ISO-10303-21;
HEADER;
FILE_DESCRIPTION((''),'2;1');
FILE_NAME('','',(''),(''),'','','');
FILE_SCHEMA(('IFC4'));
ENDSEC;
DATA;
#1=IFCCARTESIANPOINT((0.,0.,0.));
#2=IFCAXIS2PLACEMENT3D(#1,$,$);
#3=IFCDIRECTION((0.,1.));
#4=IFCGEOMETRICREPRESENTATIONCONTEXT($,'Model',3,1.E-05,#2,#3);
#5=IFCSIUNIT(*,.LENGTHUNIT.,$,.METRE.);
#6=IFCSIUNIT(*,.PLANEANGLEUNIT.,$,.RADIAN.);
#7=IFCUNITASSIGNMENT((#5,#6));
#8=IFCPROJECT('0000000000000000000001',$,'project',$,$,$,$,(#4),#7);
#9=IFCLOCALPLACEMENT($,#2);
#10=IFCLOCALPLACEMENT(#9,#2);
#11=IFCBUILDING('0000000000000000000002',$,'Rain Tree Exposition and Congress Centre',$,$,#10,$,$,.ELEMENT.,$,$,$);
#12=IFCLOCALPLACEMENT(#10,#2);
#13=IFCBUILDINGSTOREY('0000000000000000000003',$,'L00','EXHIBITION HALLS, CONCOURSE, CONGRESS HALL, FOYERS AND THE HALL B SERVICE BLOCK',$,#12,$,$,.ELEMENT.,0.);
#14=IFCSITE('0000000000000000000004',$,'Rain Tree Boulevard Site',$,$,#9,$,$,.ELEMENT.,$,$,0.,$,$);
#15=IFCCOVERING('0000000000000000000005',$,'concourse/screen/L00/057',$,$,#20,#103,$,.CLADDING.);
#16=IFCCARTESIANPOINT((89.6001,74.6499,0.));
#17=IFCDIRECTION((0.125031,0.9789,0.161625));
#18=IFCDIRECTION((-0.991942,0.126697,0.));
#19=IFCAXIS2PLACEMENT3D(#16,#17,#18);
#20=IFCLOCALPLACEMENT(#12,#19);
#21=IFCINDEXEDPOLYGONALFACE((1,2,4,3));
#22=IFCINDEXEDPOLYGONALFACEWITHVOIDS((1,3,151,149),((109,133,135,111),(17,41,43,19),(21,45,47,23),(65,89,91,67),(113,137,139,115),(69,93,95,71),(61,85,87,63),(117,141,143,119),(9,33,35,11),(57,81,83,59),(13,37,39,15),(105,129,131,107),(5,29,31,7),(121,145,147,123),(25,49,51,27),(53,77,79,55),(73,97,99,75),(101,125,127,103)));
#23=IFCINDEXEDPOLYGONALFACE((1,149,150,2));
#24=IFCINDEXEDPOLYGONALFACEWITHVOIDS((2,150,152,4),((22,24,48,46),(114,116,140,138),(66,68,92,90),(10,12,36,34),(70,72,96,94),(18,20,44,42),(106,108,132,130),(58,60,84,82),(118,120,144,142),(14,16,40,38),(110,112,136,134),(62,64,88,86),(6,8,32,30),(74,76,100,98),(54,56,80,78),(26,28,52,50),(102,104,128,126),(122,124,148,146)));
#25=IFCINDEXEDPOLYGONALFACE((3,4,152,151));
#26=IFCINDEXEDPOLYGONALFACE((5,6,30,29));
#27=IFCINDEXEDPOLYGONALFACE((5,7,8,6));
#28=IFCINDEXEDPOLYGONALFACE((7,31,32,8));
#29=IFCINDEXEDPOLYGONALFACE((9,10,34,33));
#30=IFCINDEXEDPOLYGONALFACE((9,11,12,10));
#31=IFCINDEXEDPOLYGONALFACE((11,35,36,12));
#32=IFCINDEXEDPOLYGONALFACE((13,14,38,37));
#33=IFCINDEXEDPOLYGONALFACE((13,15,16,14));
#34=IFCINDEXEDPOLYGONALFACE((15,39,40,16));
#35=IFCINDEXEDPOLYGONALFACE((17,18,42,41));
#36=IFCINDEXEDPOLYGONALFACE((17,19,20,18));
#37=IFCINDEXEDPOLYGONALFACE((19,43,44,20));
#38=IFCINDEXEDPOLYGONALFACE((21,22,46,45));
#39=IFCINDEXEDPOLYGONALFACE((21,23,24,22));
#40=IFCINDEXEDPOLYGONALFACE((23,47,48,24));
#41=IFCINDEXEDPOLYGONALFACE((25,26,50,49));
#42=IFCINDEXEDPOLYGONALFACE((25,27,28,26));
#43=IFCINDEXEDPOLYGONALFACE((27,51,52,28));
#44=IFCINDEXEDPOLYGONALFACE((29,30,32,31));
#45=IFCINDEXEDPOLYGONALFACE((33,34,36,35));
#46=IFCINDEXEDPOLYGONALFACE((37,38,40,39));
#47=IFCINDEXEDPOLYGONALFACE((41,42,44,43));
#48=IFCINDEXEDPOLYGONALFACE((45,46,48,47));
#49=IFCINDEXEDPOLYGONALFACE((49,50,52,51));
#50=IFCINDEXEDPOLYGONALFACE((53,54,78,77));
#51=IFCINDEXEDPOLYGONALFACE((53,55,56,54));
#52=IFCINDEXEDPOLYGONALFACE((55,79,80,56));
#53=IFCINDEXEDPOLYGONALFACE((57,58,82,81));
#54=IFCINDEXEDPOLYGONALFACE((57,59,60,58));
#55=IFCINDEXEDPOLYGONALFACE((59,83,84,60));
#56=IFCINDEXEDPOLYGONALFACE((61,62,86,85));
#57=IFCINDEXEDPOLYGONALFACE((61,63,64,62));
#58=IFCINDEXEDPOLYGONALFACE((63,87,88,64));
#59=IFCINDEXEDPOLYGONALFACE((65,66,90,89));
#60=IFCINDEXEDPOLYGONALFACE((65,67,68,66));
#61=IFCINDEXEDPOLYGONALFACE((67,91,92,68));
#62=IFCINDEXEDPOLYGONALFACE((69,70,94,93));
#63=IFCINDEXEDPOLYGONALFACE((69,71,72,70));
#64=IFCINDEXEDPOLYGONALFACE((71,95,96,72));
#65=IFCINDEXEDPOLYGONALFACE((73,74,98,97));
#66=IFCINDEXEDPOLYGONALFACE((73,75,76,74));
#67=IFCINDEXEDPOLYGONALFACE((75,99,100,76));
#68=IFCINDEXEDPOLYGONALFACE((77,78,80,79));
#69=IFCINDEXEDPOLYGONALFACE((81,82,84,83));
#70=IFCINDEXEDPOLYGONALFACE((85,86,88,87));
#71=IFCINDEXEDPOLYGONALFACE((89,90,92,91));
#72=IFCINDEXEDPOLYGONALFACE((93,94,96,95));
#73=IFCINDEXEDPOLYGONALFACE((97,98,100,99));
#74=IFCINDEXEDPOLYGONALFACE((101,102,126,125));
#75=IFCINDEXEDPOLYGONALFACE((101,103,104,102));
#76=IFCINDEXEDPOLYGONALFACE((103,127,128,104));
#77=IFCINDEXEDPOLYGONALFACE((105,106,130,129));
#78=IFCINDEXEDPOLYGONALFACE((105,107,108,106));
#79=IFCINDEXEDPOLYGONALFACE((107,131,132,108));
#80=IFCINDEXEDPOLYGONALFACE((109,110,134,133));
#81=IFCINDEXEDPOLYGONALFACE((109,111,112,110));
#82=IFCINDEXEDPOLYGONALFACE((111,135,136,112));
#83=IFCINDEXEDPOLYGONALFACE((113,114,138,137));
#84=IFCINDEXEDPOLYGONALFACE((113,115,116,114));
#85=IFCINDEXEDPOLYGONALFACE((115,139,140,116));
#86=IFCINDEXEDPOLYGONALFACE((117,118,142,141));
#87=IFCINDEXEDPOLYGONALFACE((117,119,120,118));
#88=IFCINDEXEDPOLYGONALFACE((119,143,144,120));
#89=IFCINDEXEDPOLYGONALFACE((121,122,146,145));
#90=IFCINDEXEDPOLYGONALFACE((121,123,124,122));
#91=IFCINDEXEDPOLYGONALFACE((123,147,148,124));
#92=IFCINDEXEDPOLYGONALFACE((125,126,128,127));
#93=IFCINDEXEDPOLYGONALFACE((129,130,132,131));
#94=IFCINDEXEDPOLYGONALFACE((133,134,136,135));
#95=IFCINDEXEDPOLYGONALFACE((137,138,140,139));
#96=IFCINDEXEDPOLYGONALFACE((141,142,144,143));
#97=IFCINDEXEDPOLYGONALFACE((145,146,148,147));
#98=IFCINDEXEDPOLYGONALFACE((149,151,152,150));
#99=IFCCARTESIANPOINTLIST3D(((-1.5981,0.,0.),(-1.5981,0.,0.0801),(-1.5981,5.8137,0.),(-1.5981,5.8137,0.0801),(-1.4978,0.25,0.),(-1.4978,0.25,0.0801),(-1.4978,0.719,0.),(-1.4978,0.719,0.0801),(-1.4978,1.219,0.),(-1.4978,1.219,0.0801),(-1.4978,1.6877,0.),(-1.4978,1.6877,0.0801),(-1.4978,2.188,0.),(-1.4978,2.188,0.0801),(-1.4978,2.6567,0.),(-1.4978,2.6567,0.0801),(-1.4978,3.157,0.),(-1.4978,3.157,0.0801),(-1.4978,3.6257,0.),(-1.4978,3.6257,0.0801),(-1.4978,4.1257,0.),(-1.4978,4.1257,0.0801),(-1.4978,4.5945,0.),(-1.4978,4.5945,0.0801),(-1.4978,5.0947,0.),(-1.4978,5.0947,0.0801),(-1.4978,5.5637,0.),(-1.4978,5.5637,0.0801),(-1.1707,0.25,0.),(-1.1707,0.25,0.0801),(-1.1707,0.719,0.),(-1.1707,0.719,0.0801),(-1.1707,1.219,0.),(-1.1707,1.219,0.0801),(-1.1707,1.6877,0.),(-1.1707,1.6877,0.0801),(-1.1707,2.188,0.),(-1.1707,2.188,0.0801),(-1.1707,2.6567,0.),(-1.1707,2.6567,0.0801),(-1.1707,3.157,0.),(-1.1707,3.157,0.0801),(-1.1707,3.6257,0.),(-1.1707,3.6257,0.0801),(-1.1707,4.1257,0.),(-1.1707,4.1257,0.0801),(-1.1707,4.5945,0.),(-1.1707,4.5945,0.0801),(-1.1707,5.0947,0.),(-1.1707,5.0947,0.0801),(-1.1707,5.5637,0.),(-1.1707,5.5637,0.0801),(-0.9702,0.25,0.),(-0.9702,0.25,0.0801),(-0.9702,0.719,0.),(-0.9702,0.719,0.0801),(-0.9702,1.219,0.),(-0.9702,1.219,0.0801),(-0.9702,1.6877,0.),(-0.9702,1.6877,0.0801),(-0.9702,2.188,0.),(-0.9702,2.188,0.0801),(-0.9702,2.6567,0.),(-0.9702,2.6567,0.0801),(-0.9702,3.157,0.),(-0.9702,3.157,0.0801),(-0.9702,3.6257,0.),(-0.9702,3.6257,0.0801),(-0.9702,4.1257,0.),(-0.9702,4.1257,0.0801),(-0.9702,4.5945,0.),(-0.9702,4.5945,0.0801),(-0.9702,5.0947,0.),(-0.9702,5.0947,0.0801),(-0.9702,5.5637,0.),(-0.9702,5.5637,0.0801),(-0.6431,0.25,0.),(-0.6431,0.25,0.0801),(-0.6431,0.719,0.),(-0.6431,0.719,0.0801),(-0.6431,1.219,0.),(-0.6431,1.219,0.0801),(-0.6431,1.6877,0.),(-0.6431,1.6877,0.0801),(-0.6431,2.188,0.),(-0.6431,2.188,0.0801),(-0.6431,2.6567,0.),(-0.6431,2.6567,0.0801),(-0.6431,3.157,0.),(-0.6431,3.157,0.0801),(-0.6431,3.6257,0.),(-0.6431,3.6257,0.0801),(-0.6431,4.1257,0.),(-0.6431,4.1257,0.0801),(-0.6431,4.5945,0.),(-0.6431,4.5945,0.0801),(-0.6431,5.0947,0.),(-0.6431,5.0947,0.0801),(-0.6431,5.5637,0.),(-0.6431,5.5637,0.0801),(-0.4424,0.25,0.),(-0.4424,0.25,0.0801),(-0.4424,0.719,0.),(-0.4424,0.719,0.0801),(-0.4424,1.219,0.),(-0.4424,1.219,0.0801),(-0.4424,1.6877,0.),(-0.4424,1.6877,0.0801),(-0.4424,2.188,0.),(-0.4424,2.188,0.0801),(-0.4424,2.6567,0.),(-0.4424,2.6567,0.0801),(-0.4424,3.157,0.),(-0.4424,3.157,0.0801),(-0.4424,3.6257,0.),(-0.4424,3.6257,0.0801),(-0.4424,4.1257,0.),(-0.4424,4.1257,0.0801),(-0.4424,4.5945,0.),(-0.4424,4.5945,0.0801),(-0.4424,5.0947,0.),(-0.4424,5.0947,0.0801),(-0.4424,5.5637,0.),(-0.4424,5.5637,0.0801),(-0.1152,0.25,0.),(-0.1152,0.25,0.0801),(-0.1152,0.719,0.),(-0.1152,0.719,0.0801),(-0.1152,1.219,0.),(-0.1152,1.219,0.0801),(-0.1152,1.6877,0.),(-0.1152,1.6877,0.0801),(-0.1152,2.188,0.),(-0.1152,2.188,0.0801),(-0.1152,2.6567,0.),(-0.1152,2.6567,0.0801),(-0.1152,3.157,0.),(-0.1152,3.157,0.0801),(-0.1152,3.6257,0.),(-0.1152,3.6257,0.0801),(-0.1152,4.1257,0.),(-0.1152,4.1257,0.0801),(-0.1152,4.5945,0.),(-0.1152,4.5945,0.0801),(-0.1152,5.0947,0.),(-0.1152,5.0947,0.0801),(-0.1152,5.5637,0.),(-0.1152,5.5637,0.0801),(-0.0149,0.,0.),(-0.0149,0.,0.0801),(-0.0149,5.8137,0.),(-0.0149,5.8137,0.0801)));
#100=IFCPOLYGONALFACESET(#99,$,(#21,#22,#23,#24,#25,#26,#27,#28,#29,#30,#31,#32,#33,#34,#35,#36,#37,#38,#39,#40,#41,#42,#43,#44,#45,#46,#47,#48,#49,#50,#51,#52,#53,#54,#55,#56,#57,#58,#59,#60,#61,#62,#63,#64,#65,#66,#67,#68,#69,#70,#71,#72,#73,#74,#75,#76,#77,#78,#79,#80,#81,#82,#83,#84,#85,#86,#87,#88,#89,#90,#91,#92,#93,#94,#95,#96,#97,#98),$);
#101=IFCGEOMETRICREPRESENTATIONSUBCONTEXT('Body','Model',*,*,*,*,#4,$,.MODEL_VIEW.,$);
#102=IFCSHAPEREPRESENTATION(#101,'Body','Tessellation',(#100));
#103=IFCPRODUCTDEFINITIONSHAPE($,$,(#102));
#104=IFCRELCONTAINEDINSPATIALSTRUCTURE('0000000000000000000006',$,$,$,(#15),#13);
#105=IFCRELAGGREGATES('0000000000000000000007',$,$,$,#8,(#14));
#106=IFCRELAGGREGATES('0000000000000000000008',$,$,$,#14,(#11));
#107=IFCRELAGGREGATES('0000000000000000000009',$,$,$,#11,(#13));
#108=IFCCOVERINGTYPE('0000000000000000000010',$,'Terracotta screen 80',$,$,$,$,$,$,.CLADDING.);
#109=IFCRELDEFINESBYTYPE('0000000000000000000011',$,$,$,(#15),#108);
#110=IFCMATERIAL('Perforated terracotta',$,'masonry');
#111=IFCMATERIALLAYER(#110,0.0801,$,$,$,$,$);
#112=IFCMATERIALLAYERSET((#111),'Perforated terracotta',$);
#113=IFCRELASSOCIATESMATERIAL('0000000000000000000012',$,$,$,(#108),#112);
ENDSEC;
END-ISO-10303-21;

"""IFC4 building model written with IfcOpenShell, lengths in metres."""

from ifc_helpers import new_model, si_unit, direction, frame, origin, place, context, subcontext, project, spatial, polyline, outline, extrude, material, layer, layer_set, type_object, element, save


model = new_model("IFC4")

# Units and contexts
model_context = context("Model", 3, precision=1e-05, world=origin(), true_north=direction((0.0, 1.0)))
body_context = subcontext(model_context, "Body", "Model", "MODEL_VIEW")
ifc_project = project(units=[si_unit("LENGTHUNIT", "METRE"), si_unit("PLANEANGLEUNIT", "RADIAN")], contexts=[model_context])

# Site, building, storey
site_placement = place(None, origin())
site = spatial("IfcSite", under=ifc_project, at=site_placement, Name="Rain Tree Boulevard Site", CompositionType="ELEMENT", RefElevation=0.0)
building_placement = place(site_placement, origin())
building = spatial("IfcBuilding", under=site, at=building_placement, Name="Rain Tree Exposition and Congress Centre", CompositionType="ELEMENT")
storey_placement = place(building_placement, origin())
storey = spatial("IfcBuildingStorey", under=building, at=storey_placement, Name="L00", Description="EXHIBITION HALLS, CONCOURSE, CONGRESS HALL, FOYERS AND THE HALL B SERVICE BLOCK", CompositionType="ELEMENT", Elevation=0.0)

# Covering
ifc_material_1 = material(Name="Perforated terracotta", Category="masonry")
ifc_layer_1 = layer(ifc_material_1, 0.0801)
ifc_layer_set_1 = layer_set([ifc_layer_1], Name="Perforated terracotta")
covering_type = type_object("IfcCoveringType", Name="Terracotta screen 80", PredefinedType="CLADDING", material=ifc_layer_set_1)
covering_1_placement = place(storey_placement, frame((89.6001, 74.6499, 0.0), z_axis=(0.125031, 0.9789, 0.161625), x_axis=(-0.991942, 0.126697, 0.0)))
element("IfcCovering", 1, at=covering_1_placement, inside=storey, type_object=covering_type, Name="concourse/screen/L00/057", PredefinedType="CLADDING", context=body_context, shape_type="SweptSolid", body=[
    extrude(outline(polyline([(-0.0149, 0.0), (-1.5981, 0.0), (-1.5981, 5.8137), (-0.0149, 5.8137), (-0.0149, 0.0)]), holes=[polyline([(-0.1152, 0.25), (-0.1152, 0.719), (-0.4424, 0.719), (-0.4424, 0.25), (-0.1152, 0.25)]), polyline([(-0.1152, 1.219), (-0.1152, 1.6877), (-0.4424, 1.6877), (-0.4424, 1.219), (-0.1152, 1.219)]), polyline([(-0.1152, 2.188), (-0.1152, 2.6567), (-0.4424, 2.6567), (-0.4424, 2.188), (-0.1152, 2.188)]), polyline([(-0.1152, 3.157), (-0.1152, 3.6257), (-0.4424, 3.6257), (-0.4424, 3.157), (-0.1152, 3.157)]), polyline([(-0.1152, 4.1257), (-0.1152, 4.5945), (-0.4424, 4.5945), (-0.4424, 4.1257), (-0.1152, 4.1257)]), polyline([(-0.1152, 5.0947), (-0.1152, 5.5637), (-0.4424, 5.5637), (-0.4424, 5.0947), (-0.1152, 5.0947)]), polyline([(-0.6431, 0.25), (-0.6431, 0.719), (-0.9702, 0.719), (-0.9702, 0.25), (-0.6431, 0.25)]), polyline([(-0.6431, 1.219), (-0.6431, 1.6877), (-0.9702, 1.6877), (-0.9702, 1.219), (-0.6431, 1.219)]), polyline([(-0.6431, 2.188), (-0.6431, 2.6567), (-0.9702, 2.6567), (-0.9702, 2.188), (-0.6431, 2.188)]), polyline([(-0.6431, 3.157), (-0.6431, 3.6257), (-0.9702, 3.6257), (-0.9702, 3.157), (-0.6431, 3.157)]), polyline([(-0.6431, 4.1257), (-0.6431, 4.5945), (-0.9702, 4.5945), (-0.9702, 4.1257), (-0.6431, 4.1257)]), polyline([(-0.6431, 5.0947), (-0.6431, 5.5637), (-0.9702, 5.5637), (-0.9702, 5.0947), (-0.6431, 5.0947)]), polyline([(-1.1707, 0.25), (-1.1707, 0.719), (-1.4978, 0.719), (-1.4978, 0.25), (-1.1707, 0.25)]), polyline([(-1.1707, 1.219), (-1.1707, 1.6877), (-1.4978, 1.6877), (-1.4978, 1.219), (-1.1707, 1.219)]), polyline([(-1.1707, 2.188), (-1.1707, 2.6567), (-1.4978, 2.6567), (-1.4978, 2.188), (-1.1707, 2.188)]), polyline([(-1.1707, 3.157), (-1.1707, 3.6257), (-1.4978, 3.6257), (-1.4978, 3.157), (-1.1707, 3.157)]), polyline([(-1.1707, 4.1257), (-1.1707, 4.5945), (-1.4978, 4.5945), (-1.4978, 4.1257), (-1.1707, 4.1257)]), polyline([(-1.1707, 5.0947), (-1.1707, 5.5637), (-1.4978, 5.5637), (-1.4978, 5.0947), (-1.1707, 5.0947)])]), origin(), (0.0, 0.0, 1.0), 0.0801),
])

save(model, "model.ifc")
